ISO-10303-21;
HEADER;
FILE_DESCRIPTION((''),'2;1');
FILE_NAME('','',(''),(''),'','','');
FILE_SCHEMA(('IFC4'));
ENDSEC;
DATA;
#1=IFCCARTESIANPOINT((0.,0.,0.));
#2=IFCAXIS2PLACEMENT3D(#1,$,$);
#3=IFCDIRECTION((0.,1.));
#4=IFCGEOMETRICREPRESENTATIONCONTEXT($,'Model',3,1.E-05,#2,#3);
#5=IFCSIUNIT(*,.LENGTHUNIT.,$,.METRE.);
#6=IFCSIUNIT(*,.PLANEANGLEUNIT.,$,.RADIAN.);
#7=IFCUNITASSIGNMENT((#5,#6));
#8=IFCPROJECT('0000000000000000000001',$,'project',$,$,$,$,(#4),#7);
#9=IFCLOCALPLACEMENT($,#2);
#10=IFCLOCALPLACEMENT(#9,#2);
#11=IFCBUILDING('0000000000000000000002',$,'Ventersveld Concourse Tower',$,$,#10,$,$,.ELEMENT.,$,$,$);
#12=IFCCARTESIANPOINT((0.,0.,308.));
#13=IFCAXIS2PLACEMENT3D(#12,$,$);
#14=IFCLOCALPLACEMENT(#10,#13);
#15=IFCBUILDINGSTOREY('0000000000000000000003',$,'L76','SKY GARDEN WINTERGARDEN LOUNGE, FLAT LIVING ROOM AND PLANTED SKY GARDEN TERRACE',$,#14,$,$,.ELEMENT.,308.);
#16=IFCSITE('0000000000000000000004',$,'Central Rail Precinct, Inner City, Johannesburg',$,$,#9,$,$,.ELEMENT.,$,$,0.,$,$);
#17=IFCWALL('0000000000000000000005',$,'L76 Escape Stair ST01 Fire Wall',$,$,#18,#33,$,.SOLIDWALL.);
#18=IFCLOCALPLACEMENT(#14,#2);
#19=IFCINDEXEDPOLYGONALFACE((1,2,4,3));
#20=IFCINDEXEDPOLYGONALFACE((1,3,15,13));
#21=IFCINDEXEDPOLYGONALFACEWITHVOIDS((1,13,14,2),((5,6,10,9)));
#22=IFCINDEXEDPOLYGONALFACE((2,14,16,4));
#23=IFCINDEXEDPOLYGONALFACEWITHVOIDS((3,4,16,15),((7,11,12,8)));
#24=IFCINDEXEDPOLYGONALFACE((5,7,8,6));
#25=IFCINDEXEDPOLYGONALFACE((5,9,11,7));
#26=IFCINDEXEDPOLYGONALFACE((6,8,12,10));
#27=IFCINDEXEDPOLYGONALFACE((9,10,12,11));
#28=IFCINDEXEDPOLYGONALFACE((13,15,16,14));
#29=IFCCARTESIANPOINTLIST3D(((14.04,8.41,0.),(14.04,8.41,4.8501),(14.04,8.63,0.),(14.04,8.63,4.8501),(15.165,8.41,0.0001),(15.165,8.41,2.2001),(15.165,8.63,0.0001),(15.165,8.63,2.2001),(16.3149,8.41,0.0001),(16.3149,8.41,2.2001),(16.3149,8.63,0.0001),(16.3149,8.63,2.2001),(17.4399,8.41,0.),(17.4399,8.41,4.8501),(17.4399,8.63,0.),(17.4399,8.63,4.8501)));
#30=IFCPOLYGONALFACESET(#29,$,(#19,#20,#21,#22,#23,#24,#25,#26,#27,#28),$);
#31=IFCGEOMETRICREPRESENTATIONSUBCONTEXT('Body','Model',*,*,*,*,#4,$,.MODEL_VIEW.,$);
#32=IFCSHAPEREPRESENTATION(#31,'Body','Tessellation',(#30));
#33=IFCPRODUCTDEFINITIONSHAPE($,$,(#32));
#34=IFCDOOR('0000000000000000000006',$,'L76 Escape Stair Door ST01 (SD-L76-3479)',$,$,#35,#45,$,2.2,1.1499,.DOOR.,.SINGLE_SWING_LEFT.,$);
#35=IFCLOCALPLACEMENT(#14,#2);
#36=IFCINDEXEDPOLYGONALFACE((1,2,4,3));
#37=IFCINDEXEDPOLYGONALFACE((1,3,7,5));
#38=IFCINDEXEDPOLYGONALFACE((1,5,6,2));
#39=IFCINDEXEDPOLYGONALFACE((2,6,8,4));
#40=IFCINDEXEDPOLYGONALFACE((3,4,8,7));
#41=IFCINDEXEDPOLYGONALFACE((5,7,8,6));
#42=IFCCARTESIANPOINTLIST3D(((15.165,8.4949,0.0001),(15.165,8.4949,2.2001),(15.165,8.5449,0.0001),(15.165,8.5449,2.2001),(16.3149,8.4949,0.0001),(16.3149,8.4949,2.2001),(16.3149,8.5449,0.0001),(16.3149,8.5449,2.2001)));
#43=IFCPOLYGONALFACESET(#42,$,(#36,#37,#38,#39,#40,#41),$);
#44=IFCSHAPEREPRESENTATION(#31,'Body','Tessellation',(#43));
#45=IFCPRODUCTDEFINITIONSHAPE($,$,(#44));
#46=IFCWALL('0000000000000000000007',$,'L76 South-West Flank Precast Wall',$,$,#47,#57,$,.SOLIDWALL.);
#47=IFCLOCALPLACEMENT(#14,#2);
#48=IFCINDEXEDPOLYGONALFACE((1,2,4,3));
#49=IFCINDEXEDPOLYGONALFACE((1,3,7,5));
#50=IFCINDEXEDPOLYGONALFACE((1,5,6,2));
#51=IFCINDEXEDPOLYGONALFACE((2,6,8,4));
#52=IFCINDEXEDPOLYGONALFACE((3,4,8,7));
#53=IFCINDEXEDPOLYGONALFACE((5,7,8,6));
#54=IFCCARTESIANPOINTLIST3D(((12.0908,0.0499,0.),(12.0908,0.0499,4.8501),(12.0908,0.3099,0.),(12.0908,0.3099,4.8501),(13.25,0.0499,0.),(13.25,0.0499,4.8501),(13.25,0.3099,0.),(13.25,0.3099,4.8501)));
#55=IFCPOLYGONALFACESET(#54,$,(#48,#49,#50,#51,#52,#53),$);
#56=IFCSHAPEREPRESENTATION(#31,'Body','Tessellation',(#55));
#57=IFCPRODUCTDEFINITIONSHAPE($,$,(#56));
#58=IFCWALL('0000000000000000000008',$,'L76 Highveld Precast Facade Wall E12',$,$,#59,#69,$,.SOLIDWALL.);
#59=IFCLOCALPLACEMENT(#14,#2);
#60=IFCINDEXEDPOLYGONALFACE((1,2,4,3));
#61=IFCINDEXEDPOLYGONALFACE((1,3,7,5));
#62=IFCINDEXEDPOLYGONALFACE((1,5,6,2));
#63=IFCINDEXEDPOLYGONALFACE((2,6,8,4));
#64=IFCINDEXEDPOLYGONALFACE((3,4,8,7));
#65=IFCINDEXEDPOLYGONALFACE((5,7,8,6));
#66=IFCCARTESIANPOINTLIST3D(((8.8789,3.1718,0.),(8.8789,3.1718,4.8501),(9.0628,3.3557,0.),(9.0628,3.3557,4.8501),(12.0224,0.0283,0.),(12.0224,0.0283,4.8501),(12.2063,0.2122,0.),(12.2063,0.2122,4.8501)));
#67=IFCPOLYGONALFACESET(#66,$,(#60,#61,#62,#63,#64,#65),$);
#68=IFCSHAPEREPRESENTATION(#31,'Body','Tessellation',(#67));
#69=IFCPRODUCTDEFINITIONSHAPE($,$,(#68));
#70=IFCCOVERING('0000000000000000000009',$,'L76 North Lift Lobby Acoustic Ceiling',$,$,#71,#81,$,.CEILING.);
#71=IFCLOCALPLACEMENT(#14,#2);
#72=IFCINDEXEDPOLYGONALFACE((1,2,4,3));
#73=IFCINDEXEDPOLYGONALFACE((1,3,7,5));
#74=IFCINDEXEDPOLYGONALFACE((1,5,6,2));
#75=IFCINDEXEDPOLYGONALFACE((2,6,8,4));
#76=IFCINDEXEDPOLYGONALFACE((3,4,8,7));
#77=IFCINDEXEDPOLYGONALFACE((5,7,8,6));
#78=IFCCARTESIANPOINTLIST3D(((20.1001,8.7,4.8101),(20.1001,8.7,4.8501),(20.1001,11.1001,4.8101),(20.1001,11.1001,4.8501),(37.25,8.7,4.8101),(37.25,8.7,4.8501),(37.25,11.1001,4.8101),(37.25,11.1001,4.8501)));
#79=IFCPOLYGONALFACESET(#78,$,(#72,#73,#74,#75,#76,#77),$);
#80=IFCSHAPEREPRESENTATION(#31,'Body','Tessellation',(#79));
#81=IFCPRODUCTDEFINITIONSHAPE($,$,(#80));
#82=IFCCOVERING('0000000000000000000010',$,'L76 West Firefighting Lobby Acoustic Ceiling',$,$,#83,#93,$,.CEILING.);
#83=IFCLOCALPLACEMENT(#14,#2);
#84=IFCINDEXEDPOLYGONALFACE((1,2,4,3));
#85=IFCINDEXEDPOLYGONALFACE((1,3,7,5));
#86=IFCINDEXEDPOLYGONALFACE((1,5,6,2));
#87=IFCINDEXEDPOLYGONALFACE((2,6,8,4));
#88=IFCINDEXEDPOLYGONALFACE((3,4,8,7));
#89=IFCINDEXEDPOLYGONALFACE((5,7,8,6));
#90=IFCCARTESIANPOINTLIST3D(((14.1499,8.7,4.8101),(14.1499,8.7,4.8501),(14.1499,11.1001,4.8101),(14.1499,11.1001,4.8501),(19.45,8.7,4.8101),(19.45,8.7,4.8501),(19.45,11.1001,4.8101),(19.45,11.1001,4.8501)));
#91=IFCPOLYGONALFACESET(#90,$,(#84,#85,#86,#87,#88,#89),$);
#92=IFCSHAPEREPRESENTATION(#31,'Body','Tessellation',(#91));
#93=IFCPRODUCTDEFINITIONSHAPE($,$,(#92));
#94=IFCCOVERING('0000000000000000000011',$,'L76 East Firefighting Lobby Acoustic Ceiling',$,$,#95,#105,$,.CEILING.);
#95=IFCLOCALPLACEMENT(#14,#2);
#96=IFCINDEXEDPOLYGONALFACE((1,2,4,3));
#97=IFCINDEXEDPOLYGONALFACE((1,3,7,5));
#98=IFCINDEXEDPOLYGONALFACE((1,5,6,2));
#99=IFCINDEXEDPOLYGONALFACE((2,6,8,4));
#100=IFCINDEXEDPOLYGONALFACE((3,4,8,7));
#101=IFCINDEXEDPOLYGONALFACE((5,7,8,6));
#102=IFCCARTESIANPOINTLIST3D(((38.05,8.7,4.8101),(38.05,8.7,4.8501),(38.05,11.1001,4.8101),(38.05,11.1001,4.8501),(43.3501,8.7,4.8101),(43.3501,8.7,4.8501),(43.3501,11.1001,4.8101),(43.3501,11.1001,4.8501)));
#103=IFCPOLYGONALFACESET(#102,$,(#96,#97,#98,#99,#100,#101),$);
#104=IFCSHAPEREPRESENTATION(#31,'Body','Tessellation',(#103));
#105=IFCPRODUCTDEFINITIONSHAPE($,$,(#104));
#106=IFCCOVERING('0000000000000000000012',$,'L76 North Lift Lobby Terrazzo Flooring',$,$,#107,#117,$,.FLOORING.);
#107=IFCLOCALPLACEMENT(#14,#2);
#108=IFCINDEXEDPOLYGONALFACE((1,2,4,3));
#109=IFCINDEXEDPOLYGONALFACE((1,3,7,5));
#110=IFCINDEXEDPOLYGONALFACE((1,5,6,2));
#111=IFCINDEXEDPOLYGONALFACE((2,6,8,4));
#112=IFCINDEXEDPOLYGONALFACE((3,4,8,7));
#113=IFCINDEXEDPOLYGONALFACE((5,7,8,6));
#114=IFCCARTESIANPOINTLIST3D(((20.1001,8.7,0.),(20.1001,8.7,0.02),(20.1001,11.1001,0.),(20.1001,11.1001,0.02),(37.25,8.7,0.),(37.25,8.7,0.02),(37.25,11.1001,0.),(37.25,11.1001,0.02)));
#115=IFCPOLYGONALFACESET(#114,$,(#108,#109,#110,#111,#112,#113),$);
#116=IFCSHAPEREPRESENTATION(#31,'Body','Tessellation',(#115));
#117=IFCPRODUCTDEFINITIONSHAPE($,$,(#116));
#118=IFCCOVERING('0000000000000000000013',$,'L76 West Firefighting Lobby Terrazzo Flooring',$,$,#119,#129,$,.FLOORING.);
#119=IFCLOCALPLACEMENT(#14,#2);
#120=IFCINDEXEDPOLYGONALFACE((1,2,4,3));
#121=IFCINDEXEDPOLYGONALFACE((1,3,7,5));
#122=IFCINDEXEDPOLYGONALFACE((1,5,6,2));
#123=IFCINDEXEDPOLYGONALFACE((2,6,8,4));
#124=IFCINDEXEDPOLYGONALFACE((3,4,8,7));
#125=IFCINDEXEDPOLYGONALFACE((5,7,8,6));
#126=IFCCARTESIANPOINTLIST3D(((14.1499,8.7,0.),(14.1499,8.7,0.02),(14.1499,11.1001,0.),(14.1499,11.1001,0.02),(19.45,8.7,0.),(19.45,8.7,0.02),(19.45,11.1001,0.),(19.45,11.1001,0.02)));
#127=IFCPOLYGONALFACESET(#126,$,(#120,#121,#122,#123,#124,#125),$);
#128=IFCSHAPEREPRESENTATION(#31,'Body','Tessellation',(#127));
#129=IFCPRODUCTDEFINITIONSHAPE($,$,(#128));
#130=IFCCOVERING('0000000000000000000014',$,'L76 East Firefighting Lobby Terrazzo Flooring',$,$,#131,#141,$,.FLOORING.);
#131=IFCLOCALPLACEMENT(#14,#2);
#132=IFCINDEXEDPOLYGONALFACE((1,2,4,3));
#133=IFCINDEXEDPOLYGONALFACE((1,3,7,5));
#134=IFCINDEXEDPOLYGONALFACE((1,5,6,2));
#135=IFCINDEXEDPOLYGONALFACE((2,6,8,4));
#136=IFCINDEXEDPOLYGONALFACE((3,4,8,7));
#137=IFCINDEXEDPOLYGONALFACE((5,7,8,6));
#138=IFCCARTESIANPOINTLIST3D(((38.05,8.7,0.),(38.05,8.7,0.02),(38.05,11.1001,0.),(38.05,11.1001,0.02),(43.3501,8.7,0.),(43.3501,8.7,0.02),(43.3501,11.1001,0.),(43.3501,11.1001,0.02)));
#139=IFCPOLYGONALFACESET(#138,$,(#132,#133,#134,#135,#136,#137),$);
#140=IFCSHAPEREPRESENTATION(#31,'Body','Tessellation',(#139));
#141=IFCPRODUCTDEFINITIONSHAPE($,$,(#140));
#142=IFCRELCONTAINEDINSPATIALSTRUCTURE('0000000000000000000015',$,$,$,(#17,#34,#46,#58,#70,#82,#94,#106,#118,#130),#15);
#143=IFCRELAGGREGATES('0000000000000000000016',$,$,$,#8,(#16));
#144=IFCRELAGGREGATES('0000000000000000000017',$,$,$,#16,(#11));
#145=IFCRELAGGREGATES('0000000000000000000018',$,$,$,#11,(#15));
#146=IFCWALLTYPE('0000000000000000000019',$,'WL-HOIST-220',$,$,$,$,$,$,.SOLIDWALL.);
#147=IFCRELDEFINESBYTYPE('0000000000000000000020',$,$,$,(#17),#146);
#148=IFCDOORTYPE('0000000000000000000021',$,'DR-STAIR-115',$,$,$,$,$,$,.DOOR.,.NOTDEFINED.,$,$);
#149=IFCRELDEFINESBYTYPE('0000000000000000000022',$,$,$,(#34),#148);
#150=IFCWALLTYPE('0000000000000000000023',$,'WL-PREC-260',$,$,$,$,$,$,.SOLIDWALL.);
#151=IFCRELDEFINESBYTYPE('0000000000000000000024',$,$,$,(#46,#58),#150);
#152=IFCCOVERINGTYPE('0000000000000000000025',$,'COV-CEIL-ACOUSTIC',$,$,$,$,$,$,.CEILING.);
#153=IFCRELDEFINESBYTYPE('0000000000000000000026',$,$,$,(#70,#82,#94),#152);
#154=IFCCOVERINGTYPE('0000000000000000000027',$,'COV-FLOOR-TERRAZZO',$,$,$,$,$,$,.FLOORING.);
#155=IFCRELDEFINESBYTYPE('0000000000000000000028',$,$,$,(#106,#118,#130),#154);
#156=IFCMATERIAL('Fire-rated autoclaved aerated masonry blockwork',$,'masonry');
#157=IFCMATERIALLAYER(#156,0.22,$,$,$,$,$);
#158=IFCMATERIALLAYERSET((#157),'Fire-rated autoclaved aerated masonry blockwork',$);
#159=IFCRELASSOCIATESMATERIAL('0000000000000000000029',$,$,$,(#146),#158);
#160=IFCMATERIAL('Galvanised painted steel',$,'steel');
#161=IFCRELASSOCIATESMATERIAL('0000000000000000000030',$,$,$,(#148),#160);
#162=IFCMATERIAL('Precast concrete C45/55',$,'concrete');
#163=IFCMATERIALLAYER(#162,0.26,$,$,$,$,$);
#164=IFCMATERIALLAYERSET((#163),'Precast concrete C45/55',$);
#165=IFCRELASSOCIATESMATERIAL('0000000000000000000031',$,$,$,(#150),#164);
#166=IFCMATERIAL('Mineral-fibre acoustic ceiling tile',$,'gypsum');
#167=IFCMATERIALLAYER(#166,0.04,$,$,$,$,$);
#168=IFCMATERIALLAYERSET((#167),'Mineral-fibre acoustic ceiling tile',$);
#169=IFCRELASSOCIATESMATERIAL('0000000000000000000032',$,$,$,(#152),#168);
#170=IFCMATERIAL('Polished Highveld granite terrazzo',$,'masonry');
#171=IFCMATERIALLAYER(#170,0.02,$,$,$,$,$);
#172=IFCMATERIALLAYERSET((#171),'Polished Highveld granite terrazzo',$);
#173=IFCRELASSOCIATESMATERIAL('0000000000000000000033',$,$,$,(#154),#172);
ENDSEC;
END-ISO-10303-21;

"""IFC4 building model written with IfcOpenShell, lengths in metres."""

from ifc_helpers import new_model, si_unit, direction, frame, frame_2d, origin, place, context, subcontext, project, spatial, polyline, rectangle, outline, extrude, material, layer, layer_set, type_object, element, fill, save


model = new_model("IFC4")

# Units and contexts
model_context = context("Model", 3, precision=1e-05, world=origin(), true_north=direction((0.0, 1.0)))
body_context = subcontext(model_context, "Body", "Model", "MODEL_VIEW")
ifc_project = project(units=[si_unit("LENGTHUNIT", "METRE"), si_unit("PLANEANGLEUNIT", "RADIAN")], contexts=[model_context])

# Site, building, storey
site_placement = place(None, origin())
site = spatial("IfcSite", under=ifc_project, at=site_placement, Name="Central Rail Precinct, Inner City, Johannesburg", CompositionType="ELEMENT", RefElevation=0.0)
building_placement = place(site_placement, origin())
building = spatial("IfcBuilding", under=site, at=building_placement, Name="Ventersveld Concourse Tower", CompositionType="ELEMENT")
storey_placement = place(building_placement, frame((0.0, 0.0, 308.0)))
storey = spatial("IfcBuildingStorey", under=building, at=storey_placement, Name="L76", Description="SKY GARDEN WINTERGARDEN LOUNGE, FLAT LIVING ROOM AND PLANTED SKY GARDEN TERRACE", CompositionType="ELEMENT", Elevation=308.0)

# Wall, opening, door
ifc_material_1 = material(Name="Fire-rated autoclaved aerated masonry blockwork", Category="masonry")
ifc_layer_1 = layer(ifc_material_1, 0.22)
ifc_layer_set_1 = layer_set([ifc_layer_1], Name="Fire-rated autoclaved aerated masonry blockwork")
wall_type_1 = type_object("IfcWallType", Name="WL-HOIST-220", PredefinedType="SOLIDWALL", material=ifc_layer_set_1)
wall_1_placement = place(storey_placement, frame((14.04, 8.52, 0.0), z_axis=(0.0, 0.0, 1.0), x_axis=(1.0, 0.0, 0.0)))
wall_1 = element("IfcWall", 1, at=wall_1_placement, inside=storey, type_object=wall_type_1, Name="L76 Escape Stair ST01 Fire Wall", PredefinedType="SOLIDWALL", context=body_context, shape_type="SweptSolid", body=[
    extrude(rectangle(XDim=3.3999, YDim=0.22, at=frame_2d((1.7, 0.0))), origin(), (0.0, 0.0, 1.0), 4.8501),
])
opening_placement = place(wall_1_placement, frame((1.125, 0.0, 0.0)))
opening = element("IfcOpeningElement", 2, at=opening_placement, cuts=wall_1, PredefinedType="OPENING", context=body_context, shape_type="SweptSolid", body=[
    extrude(rectangle(XDim=1.1499, YDim=2.2, at=frame_2d((0.575, 1.1001))), frame((0.0, 0.1201, 0.0), z_axis=(0.0, -1.0, 0.0), x_axis=(1.0, 0.0, 0.0)), (0.0, 0.0, 1.0), 0.24),
])
ifc_material_2 = material(Name="Galvanised painted steel", Category="steel")
door_type = type_object("IfcDoorType", Name="DR-STAIR-115", OperationType="NOTDEFINED", PredefinedType="DOOR", material=ifc_material_2)
door_placement = place(opening_placement, origin())
door = element("IfcDoor", 3, at=door_placement, inside=storey, type_object=door_type, Name="L76 Escape Stair Door ST01 (SD-L76-3479)", OperationType="SINGLE_SWING_LEFT", OverallHeight=2.2, OverallWidth=1.1499, PredefinedType="DOOR", context=body_context, shape_type="SweptSolid", body=[
    extrude(rectangle(XDim=1.1499, YDim=2.2, at=frame_2d((0.575, 1.1001))), frame((0.0, 0.0249, 0.0), z_axis=(0.0, -1.0, 0.0), x_axis=(1.0, 0.0, 0.0)), (0.0, 0.0, 1.0), 0.05),
])
fill(opening, door)

# Walls
ifc_material_3 = material(Name="Precast concrete C45/55", Category="concrete")
ifc_layer_2 = layer(ifc_material_3, 0.26)
ifc_layer_set_2 = layer_set([ifc_layer_2], Name="Precast concrete C45/55")
wall_type_2 = type_object("IfcWallType", Name="WL-PREC-260", PredefinedType="SOLIDWALL", material=ifc_layer_set_2)
wall_2_placement = place(storey_placement, frame((12.0908, 0.1799, 0.0), z_axis=(0.0, 0.0, 1.0), x_axis=(1.0, 0.0, 0.0)))
element("IfcWall", 4, at=wall_2_placement, inside=storey, type_object=wall_type_2, Name="L76 South-West Flank Precast Wall", PredefinedType="SOLIDWALL", context=body_context, shape_type="SweptSolid", body=[
    extrude(rectangle(XDim=1.1592, YDim=0.26, at=frame_2d((0.5796, 0.0))), origin(), (0.0, 0.0, 1.0), 4.8501),
])
wall_3_placement = place(storey_placement, frame((8.9709, 3.2637, 0.0), z_axis=(0.0, 0.0, 1.0), x_axis=(0.707107, -0.707107, 0.0)))
element("IfcWall", 5, at=wall_3_placement, inside=storey, type_object=wall_type_2, Name="L76 Highveld Precast Facade Wall E12", PredefinedType="SOLIDWALL", context=body_context, shape_type="SweptSolid", body=[
    extrude(rectangle(XDim=4.4456, YDim=0.26, at=frame_2d((2.2227, 0.0))), origin(), (0.0, 0.0, 1.0), 4.8501),
])

# Coverings
ifc_material_4 = material(Name="Mineral-fibre acoustic ceiling tile", Category="gypsum")
ifc_layer_3 = layer(ifc_material_4, 0.04)
ifc_layer_set_3 = layer_set([ifc_layer_3], Name="Mineral-fibre acoustic ceiling tile")
covering_type_1 = type_object("IfcCoveringType", Name="COV-CEIL-ACOUSTIC", PredefinedType="CEILING", material=ifc_layer_set_3)
covering_1_placement = place(storey_placement, frame((0.0, 0.0, 4.8101)))
element("IfcCovering", 6, at=covering_1_placement, inside=storey, type_object=covering_type_1, Name="L76 North Lift Lobby Acoustic Ceiling", PredefinedType="CEILING", context=body_context, shape_type="SweptSolid", body=[
    extrude(outline(polyline([(20.1001, 8.7), (37.25, 8.7), (37.25, 11.1001), (20.1001, 11.1001), (20.1001, 8.7)])), origin(), (0.0, 0.0, 1.0), 0.04),
])
covering_2_placement = place(storey_placement, frame((0.0, 0.0, 4.8101)))
element("IfcCovering", 7, at=covering_2_placement, inside=storey, type_object=covering_type_1, Name="L76 West Firefighting Lobby Acoustic Ceiling", PredefinedType="CEILING", context=body_context, shape_type="SweptSolid", body=[
    extrude(outline(polyline([(14.1499, 8.7), (19.45, 8.7), (19.45, 11.1001), (14.1499, 11.1001), (14.1499, 8.7)])), origin(), (0.0, 0.0, 1.0), 0.04),
])
covering_3_placement = place(storey_placement, frame((0.0, 0.0, 4.8101)))
element("IfcCovering", 8, at=covering_3_placement, inside=storey, type_object=covering_type_1, Name="L76 East Firefighting Lobby Acoustic Ceiling", PredefinedType="CEILING", context=body_context, shape_type="SweptSolid", body=[
    extrude(outline(polyline([(38.05, 8.7), (43.3501, 8.7), (43.3501, 11.1001), (38.05, 11.1001), (38.05, 8.7)])), origin(), (0.0, 0.0, 1.0), 0.04),
])
ifc_material_5 = material(Name="Polished Highveld granite terrazzo", Category="masonry")
ifc_layer_4 = layer(ifc_material_5, 0.02)
ifc_layer_set_4 = layer_set([ifc_layer_4], Name="Polished Highveld granite terrazzo")
covering_type_2 = type_object("IfcCoveringType", Name="COV-FLOOR-TERRAZZO", PredefinedType="FLOORING", material=ifc_layer_set_4)
covering_4_placement = place(storey_placement, origin())
element("IfcCovering", 9, at=covering_4_placement, inside=storey, type_object=covering_type_2, Name="L76 North Lift Lobby Terrazzo Flooring", PredefinedType="FLOORING", context=body_context, shape_type="SweptSolid", body=[
    extrude(outline(polyline([(20.1001, 8.7), (37.25, 8.7), (37.25, 11.1001), (20.1001, 11.1001), (20.1001, 8.7)])), origin(), (0.0, 0.0, 1.0), 0.02),
])
covering_5_placement = place(storey_placement, origin())
element("IfcCovering", 10, at=covering_5_placement, inside=storey, type_object=covering_type_2, Name="L76 West Firefighting Lobby Terrazzo Flooring", PredefinedType="FLOORING", context=body_context, shape_type="SweptSolid", body=[
    extrude(outline(polyline([(14.1499, 8.7), (19.45, 8.7), (19.45, 11.1001), (14.1499, 11.1001), (14.1499, 8.7)])), origin(), (0.0, 0.0, 1.0), 0.02),
])
covering_6_placement = place(storey_placement, origin())
element("IfcCovering", 11, at=covering_6_placement, inside=storey, type_object=covering_type_2, Name="L76 East Firefighting Lobby Terrazzo Flooring", PredefinedType="FLOORING", context=body_context, shape_type="SweptSolid", body=[
    extrude(outline(polyline([(38.05, 8.7), (43.3501, 8.7), (43.3501, 11.1001), (38.05, 11.1001), (38.05, 8.7)])), origin(), (0.0, 0.0, 1.0), 0.02),
])

save(model, "model.ifc")
